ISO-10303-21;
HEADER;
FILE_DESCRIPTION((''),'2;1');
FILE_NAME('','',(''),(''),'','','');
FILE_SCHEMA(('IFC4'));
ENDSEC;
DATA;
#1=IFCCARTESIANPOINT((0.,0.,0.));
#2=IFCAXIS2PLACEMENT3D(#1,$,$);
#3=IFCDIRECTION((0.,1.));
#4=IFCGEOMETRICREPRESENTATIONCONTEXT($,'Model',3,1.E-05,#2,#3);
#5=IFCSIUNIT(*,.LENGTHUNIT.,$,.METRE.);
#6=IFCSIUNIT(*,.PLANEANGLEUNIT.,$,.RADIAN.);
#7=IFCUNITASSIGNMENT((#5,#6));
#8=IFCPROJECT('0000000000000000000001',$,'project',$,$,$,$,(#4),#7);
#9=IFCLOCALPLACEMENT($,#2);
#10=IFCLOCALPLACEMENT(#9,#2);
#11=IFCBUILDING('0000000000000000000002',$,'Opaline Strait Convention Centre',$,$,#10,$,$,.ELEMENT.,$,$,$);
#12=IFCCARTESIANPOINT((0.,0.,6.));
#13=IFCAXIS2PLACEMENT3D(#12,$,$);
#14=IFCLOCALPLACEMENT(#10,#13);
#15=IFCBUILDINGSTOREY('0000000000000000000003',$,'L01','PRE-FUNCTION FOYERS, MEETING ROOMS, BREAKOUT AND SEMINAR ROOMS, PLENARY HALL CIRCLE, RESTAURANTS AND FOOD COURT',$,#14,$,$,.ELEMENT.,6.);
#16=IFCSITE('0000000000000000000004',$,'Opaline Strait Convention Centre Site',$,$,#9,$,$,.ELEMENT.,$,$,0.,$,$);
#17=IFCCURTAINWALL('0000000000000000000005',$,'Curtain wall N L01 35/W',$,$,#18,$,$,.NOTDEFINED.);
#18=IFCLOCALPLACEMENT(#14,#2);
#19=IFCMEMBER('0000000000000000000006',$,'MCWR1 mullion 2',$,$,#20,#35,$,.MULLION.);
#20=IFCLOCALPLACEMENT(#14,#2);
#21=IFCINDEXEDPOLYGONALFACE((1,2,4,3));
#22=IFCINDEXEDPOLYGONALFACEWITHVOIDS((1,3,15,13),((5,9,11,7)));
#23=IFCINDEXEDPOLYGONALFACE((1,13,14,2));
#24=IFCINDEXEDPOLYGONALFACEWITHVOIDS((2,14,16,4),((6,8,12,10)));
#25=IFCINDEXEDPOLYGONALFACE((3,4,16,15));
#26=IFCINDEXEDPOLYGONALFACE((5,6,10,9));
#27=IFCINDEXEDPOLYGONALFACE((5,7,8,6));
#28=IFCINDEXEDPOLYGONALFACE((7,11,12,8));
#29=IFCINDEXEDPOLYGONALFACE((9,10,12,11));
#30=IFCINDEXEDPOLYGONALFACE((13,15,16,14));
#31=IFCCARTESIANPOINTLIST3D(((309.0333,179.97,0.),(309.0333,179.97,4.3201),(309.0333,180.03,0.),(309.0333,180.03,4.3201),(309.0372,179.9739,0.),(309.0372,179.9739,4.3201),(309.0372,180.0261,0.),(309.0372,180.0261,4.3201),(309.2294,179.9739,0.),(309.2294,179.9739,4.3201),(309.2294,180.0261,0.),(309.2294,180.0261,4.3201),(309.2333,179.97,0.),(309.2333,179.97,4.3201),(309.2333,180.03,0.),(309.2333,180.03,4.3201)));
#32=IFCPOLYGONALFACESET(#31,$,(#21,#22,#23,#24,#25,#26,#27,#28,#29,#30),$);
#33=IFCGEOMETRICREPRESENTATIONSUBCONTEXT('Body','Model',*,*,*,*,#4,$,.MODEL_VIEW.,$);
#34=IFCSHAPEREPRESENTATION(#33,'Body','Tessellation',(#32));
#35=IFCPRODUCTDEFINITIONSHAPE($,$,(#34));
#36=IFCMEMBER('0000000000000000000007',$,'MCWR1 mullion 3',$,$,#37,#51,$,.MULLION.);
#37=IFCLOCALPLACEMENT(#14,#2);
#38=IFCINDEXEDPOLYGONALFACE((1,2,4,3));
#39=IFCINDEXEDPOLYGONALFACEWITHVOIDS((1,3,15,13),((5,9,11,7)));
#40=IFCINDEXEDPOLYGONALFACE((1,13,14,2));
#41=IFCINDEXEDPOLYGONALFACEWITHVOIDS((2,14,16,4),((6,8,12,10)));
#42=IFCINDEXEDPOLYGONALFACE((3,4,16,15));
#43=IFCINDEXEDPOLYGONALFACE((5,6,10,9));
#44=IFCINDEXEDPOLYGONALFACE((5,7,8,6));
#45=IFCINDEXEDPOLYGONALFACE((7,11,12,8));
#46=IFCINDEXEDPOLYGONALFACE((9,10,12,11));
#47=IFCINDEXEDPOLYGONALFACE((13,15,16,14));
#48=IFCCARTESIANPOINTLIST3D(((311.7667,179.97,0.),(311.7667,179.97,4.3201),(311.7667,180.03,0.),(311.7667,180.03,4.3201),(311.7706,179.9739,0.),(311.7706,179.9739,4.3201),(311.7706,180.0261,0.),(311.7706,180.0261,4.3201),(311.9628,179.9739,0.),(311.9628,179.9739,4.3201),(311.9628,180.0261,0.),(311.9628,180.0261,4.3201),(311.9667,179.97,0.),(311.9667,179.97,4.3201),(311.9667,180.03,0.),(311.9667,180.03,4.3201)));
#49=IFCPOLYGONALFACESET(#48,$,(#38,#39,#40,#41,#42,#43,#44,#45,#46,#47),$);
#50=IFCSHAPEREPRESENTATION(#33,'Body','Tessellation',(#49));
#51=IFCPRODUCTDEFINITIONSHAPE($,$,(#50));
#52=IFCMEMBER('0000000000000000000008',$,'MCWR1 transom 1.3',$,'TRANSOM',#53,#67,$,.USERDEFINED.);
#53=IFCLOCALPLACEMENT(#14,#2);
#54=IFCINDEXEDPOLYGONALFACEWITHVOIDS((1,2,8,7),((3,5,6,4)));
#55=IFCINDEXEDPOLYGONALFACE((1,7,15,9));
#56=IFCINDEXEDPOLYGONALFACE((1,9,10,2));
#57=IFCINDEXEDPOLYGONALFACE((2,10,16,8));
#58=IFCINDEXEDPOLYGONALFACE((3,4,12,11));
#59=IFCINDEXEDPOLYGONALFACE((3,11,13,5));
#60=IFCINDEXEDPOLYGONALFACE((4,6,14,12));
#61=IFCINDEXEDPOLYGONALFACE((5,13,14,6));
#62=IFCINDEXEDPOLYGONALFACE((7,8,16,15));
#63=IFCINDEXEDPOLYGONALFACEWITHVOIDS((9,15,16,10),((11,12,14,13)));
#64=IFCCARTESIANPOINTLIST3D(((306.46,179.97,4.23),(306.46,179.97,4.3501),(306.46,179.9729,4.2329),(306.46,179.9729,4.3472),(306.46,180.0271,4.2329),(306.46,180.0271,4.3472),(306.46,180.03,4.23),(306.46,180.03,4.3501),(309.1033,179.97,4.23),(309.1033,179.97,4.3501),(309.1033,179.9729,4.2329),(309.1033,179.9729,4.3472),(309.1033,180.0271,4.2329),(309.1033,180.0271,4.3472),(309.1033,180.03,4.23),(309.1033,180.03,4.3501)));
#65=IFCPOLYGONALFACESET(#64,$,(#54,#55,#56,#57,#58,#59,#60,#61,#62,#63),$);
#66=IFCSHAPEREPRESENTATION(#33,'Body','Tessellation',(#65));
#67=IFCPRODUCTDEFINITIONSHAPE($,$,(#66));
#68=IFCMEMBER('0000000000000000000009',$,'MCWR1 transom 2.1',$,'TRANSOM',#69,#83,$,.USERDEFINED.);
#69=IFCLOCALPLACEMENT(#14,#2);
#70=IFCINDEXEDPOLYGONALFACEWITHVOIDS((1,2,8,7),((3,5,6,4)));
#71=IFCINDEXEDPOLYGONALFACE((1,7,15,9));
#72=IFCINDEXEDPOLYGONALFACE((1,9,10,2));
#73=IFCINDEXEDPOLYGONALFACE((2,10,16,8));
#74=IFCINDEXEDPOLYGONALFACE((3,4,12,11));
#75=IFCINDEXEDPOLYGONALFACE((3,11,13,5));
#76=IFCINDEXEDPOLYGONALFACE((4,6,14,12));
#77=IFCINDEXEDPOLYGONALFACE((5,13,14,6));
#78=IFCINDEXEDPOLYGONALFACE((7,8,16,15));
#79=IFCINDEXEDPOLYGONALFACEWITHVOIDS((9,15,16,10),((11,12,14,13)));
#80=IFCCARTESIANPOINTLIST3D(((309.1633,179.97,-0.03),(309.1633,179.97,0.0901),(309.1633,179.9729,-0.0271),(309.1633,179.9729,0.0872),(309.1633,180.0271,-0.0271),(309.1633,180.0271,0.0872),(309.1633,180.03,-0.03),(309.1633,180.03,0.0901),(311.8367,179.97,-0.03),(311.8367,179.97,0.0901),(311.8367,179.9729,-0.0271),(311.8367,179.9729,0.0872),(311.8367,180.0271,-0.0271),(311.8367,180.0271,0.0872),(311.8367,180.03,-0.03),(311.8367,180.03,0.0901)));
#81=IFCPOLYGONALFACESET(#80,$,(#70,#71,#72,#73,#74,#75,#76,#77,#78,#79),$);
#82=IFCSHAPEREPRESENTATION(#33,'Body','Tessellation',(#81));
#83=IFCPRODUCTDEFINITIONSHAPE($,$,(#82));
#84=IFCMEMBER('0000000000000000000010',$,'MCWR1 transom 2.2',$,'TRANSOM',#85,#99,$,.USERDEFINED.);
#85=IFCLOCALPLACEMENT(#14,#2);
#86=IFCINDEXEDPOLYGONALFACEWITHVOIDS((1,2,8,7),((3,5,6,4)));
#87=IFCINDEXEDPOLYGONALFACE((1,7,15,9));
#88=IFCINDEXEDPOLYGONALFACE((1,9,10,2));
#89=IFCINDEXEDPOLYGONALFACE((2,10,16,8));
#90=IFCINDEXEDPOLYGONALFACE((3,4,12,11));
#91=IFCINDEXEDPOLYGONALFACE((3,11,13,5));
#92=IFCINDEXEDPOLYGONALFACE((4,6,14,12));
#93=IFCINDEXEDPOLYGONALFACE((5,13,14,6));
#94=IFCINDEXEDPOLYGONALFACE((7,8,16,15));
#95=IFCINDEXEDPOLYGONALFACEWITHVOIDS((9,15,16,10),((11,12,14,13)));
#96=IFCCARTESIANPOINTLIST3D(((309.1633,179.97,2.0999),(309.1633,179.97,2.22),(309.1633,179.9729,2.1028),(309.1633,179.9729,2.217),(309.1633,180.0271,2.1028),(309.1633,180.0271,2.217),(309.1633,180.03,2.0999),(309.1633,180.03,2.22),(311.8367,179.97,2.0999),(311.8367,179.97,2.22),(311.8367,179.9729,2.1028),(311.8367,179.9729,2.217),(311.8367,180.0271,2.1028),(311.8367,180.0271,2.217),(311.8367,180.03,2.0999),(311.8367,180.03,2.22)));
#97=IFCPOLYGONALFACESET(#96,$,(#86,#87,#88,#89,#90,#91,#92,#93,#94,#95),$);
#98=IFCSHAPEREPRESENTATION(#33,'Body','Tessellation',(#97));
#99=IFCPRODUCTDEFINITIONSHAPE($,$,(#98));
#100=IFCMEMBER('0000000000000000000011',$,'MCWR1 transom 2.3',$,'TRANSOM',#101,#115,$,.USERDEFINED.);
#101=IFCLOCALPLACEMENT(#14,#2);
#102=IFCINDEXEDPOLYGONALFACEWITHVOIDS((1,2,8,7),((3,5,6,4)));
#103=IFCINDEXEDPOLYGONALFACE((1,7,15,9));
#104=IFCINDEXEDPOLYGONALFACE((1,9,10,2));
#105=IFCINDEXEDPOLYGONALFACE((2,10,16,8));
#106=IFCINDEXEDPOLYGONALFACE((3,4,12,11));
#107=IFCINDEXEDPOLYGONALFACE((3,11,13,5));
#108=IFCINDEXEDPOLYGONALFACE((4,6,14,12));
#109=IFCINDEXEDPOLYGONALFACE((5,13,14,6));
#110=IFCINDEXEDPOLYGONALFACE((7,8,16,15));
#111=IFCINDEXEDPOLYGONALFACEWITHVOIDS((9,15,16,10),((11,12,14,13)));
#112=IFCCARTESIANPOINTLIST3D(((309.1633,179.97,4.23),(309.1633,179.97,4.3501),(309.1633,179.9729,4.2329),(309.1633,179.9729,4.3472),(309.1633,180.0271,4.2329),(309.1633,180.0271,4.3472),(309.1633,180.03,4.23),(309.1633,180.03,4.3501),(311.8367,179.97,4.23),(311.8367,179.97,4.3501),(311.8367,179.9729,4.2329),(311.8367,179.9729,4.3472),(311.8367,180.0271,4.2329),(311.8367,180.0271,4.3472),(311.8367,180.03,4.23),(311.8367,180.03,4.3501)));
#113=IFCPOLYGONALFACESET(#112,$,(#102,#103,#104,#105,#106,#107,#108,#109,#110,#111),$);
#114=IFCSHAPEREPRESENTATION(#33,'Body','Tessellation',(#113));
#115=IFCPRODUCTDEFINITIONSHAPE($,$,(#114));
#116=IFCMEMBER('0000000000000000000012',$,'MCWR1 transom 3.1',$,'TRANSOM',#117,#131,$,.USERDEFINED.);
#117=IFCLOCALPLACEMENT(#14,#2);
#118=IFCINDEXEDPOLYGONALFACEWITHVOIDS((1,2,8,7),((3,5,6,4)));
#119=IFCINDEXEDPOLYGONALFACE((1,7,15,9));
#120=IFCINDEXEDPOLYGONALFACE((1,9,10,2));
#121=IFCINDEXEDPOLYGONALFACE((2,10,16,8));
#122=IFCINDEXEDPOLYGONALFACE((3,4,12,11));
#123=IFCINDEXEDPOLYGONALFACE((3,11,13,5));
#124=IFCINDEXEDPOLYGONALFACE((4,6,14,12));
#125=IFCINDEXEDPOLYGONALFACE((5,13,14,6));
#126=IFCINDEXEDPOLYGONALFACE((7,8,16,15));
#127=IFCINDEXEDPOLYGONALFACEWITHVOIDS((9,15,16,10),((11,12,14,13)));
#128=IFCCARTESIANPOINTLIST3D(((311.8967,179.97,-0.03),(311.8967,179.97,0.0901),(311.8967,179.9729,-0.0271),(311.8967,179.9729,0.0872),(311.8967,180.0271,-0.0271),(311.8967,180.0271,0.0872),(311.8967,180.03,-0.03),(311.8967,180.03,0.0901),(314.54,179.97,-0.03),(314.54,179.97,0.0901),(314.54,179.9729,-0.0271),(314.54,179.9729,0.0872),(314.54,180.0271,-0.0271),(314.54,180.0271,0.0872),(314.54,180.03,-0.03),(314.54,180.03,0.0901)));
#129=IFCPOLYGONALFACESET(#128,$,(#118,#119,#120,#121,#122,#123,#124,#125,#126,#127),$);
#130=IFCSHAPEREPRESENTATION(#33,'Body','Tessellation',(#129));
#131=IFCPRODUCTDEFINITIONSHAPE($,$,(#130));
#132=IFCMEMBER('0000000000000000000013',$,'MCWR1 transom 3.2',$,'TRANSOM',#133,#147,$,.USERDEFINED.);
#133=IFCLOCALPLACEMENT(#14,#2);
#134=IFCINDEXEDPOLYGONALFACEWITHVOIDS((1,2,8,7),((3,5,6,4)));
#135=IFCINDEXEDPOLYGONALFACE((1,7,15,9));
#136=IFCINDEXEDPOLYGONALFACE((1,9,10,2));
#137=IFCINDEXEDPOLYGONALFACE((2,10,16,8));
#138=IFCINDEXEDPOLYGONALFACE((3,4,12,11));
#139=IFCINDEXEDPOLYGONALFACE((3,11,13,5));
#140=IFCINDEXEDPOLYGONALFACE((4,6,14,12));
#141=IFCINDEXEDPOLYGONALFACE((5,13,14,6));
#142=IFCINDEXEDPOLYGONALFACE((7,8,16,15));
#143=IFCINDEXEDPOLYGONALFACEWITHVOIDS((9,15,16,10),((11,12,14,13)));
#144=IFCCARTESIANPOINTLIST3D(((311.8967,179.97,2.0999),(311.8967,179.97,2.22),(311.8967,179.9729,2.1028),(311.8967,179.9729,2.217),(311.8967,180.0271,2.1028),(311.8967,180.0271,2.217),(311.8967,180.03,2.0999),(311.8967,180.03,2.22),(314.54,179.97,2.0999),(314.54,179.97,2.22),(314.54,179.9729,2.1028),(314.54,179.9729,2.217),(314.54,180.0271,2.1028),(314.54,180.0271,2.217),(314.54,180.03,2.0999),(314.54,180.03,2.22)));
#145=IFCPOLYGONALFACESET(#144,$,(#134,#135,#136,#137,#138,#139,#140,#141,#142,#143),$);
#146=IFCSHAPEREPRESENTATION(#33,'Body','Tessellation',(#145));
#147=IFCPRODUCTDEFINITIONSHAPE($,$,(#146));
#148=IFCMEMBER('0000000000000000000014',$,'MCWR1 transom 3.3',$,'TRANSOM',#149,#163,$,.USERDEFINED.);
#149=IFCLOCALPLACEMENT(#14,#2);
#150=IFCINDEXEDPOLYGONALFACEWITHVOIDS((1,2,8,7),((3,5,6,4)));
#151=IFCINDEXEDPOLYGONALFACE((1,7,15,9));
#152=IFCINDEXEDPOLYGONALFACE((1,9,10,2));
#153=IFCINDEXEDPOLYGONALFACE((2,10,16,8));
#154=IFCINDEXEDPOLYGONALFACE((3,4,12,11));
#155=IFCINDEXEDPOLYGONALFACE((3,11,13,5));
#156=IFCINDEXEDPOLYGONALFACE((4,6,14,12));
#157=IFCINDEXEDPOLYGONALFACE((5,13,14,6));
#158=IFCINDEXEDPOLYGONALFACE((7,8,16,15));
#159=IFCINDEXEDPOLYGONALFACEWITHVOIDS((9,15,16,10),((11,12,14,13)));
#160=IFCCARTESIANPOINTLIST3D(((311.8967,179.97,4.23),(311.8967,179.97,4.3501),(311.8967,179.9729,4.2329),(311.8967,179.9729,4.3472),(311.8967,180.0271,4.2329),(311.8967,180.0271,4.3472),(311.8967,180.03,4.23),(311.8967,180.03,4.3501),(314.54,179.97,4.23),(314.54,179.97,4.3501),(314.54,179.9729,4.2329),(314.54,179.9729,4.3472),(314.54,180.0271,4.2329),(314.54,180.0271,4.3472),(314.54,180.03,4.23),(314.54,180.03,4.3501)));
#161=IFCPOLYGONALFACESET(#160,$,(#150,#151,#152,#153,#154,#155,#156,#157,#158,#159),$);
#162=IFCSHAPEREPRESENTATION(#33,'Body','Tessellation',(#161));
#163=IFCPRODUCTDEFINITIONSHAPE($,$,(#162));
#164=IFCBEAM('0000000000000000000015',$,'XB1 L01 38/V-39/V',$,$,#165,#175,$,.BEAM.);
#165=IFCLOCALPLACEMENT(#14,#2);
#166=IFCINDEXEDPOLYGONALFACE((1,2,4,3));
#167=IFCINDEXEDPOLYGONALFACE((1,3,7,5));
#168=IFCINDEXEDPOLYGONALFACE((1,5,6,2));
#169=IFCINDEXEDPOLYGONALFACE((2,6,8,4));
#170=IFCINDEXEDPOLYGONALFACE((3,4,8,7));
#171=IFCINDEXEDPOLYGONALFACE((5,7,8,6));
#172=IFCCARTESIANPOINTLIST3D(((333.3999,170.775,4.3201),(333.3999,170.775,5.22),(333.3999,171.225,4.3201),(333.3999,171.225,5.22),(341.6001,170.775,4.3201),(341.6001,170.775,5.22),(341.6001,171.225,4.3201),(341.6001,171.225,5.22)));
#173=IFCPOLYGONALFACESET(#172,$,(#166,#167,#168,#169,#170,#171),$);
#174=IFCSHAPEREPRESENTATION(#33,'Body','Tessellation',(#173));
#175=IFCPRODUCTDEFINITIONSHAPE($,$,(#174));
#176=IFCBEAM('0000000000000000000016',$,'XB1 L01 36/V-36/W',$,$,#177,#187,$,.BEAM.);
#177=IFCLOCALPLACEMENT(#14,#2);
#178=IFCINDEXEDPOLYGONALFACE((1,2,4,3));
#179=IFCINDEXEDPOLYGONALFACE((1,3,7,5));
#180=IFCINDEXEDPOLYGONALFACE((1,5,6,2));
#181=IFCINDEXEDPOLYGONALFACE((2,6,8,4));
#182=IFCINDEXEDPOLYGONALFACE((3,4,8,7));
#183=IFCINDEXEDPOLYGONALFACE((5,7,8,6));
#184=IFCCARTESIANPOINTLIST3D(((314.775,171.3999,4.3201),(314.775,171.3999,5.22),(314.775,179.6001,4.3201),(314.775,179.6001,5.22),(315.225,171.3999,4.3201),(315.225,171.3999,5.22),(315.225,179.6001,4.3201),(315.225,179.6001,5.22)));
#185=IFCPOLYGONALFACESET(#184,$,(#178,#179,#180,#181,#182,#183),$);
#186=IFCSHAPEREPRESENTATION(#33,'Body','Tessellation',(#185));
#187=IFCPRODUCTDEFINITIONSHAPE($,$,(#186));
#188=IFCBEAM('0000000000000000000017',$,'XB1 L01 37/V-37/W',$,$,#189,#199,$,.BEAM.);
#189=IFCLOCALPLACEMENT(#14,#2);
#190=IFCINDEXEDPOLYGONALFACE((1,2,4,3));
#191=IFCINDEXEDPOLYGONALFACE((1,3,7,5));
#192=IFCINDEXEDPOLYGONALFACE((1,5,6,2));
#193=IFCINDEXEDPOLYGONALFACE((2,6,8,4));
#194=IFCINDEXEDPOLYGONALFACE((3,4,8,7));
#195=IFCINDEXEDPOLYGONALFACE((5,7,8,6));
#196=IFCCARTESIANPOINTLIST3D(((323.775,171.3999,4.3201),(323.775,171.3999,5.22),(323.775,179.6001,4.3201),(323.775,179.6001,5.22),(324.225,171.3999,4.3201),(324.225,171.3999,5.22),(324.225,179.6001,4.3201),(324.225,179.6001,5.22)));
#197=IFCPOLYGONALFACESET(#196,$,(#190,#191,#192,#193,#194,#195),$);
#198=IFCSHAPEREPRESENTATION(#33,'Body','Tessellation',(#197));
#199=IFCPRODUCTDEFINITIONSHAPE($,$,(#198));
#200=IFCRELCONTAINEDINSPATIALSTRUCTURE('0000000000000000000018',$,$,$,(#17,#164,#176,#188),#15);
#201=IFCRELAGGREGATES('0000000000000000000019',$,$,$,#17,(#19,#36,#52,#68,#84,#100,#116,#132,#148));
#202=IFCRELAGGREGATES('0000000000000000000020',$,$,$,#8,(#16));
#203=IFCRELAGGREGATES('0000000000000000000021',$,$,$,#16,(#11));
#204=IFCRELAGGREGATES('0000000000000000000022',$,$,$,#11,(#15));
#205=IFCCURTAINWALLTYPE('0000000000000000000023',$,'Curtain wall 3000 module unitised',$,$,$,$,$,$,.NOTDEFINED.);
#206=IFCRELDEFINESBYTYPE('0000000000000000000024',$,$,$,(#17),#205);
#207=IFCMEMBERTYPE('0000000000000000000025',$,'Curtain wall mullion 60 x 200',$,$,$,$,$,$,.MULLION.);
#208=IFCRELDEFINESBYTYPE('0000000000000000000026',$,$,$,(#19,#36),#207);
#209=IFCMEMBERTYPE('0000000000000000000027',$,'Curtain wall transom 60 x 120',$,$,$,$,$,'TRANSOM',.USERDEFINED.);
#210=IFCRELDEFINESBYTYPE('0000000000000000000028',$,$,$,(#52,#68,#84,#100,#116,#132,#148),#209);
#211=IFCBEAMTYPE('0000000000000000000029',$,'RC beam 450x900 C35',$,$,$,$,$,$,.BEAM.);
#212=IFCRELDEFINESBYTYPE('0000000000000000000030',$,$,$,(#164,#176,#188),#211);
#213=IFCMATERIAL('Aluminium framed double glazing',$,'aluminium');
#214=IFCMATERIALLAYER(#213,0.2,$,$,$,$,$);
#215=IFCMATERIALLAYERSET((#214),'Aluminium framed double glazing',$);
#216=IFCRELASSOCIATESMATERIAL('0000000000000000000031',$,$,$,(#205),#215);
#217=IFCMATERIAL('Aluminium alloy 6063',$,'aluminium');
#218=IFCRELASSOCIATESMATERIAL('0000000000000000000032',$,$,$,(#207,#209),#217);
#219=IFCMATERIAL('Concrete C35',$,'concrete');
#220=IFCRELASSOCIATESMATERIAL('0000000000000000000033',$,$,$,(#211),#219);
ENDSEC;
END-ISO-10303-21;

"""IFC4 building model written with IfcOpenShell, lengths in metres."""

from ifc_helpers import new_model, si_unit, direction, frame, origin, origin_2d, place, context, subcontext, project, spatial, rectangle, hollow_rectangle, extrude, material, layer, layer_set, material_profile, profile_set, type_object, element, aggregate, save


model = new_model("IFC4")

# Units and contexts
model_context = context("Model", 3, precision=1e-05, world=origin(), true_north=direction((0.0, 1.0)))
body_context = subcontext(model_context, "Body", "Model", "MODEL_VIEW")
ifc_project = project(units=[si_unit("LENGTHUNIT", "METRE"), si_unit("PLANEANGLEUNIT", "RADIAN")], contexts=[model_context])

# Site, building, storey
site_placement = place(None, origin())
site = spatial("IfcSite", under=ifc_project, at=site_placement, Name="Opaline Strait Convention Centre Site", CompositionType="ELEMENT", RefElevation=0.0)
building_placement = place(site_placement, origin())
building = spatial("IfcBuilding", under=site, at=building_placement, Name="Opaline Strait Convention Centre", CompositionType="ELEMENT")
storey_placement = place(building_placement, frame((0.0, 0.0, 6.0)))
storey = spatial("IfcBuildingStorey", under=building, at=storey_placement, Name="L01", Description="PRE-FUNCTION FOYERS, MEETING ROOMS, BREAKOUT AND SEMINAR ROOMS, PLENARY HALL CIRCLE, RESTAURANTS AND FOOD COURT", CompositionType="ELEMENT", Elevation=6.0)

# Curtain wall, members
ifc_material_1 = material(Name="Aluminium framed double glazing", Category="aluminium")
ifc_layer_1 = layer(ifc_material_1, 0.2)
ifc_layer_set_1 = layer_set([ifc_layer_1], Name="Aluminium framed double glazing")
curtain_wall_type = type_object("IfcCurtainWallType", Name="Curtain wall 3000 module unitised", PredefinedType="NOTDEFINED", material=ifc_layer_set_1)
curtain_wall_placement = place(storey_placement, origin())
curtain_wall = element("IfcCurtainWall", 1, at=curtain_wall_placement, inside=storey, type_object=curtain_wall_type, Name="Curtain wall N L01 35/W", PredefinedType="NOTDEFINED")
ifc_material_2 = material(Name="Aluminium alloy 6063", Category="aluminium")
ifc_material_profile_1 = material_profile(ifc_material_2, hollow_rectangle(XDim=0.0601, YDim=0.2, WallThickness=0.0039, at=origin_2d()), Name="MULLION 60x200x4")
ifc_profile_set_1 = profile_set([ifc_material_profile_1], Name="Aluminium alloy 6063")
member_type_1 = type_object("IfcMemberType", Name="Curtain wall mullion 60 x 200", PredefinedType="MULLION", material=ifc_profile_set_1)
member_1_placement = place(storey_placement, frame((309.1333, 180.0, 0.0), z_axis=(0.0, 0.0, 1.0), x_axis=(0.0, 1.0, 0.0)))
member_1 = element("IfcMember", 2, at=member_1_placement, type_object=member_type_1, Name="MCWR1 mullion 2", PredefinedType="MULLION", context=body_context, shape_type="SweptSolid", body=[
    extrude(hollow_rectangle(XDim=0.0601, YDim=0.2, WallThickness=0.0039, at=origin_2d()), origin(), (0.0, 0.0, 1.0), 4.3201),
])
member_2_placement = place(storey_placement, frame((311.8667, 180.0, 0.0), z_axis=(0.0, 0.0, 1.0), x_axis=(0.0, 1.0, 0.0)))
member_2 = element("IfcMember", 3, at=member_2_placement, type_object=member_type_1, Name="MCWR1 mullion 3", PredefinedType="MULLION", context=body_context, shape_type="SweptSolid", body=[
    extrude(hollow_rectangle(XDim=0.0601, YDim=0.2, WallThickness=0.0039, at=origin_2d()), origin(), (0.0, 0.0, 1.0), 4.3201),
])
ifc_material_profile_2 = material_profile(ifc_material_2, hollow_rectangle(XDim=0.0601, YDim=0.1201, WallThickness=0.0029, at=origin_2d()), Name="TRANSOM 60x120x3")
ifc_profile_set_2 = profile_set([ifc_material_profile_2], Name="Aluminium alloy 6063")
member_type_2 = type_object("IfcMemberType", Name="Curtain wall transom 60 x 120", ElementType="TRANSOM", PredefinedType="USERDEFINED", material=ifc_profile_set_2)
member_3_placement = place(storey_placement, frame((306.46, 180.0, 4.29), z_axis=(1.0, 0.0, 0.0), x_axis=(0.0, 1.0, 0.0)))
member_3 = element("IfcMember", 4, at=member_3_placement, type_object=member_type_2, Name="MCWR1 transom 1.3", ObjectType="TRANSOM", PredefinedType="USERDEFINED", context=body_context, shape_type="SweptSolid", body=[
    extrude(hollow_rectangle(XDim=0.0601, YDim=0.1201, WallThickness=0.0029, at=origin_2d()), origin(), (0.0, 0.0, 1.0), 2.6433),
])
member_4_placement = place(storey_placement, frame((309.1633, 180.0, 0.03), z_axis=(1.0, 0.0, 0.0), x_axis=(0.0, 1.0, 0.0)))
member_4 = element("IfcMember", 5, at=member_4_placement, type_object=member_type_2, Name="MCWR1 transom 2.1", ObjectType="TRANSOM", PredefinedType="USERDEFINED", context=body_context, shape_type="SweptSolid", body=[
    extrude(hollow_rectangle(XDim=0.0601, YDim=0.1201, WallThickness=0.0029, at=origin_2d()), origin(), (0.0, 0.0, 1.0), 2.6733),
])
member_5_placement = place(storey_placement, frame((309.1633, 180.0, 2.1599), z_axis=(1.0, 0.0, 0.0), x_axis=(0.0, 1.0, 0.0)))
member_5 = element("IfcMember", 6, at=member_5_placement, type_object=member_type_2, Name="MCWR1 transom 2.2", ObjectType="TRANSOM", PredefinedType="USERDEFINED", context=body_context, shape_type="SweptSolid", body=[
    extrude(hollow_rectangle(XDim=0.0601, YDim=0.1201, WallThickness=0.0029, at=origin_2d()), origin(), (0.0, 0.0, 1.0), 2.6733),
])
member_6_placement = place(storey_placement, frame((309.1633, 180.0, 4.29), z_axis=(1.0, 0.0, 0.0), x_axis=(0.0, 1.0, 0.0)))
member_6 = element("IfcMember", 7, at=member_6_placement, type_object=member_type_2, Name="MCWR1 transom 2.3", ObjectType="TRANSOM", PredefinedType="USERDEFINED", context=body_context, shape_type="SweptSolid", body=[
    extrude(hollow_rectangle(XDim=0.0601, YDim=0.1201, WallThickness=0.0029, at=origin_2d()), origin(), (0.0, 0.0, 1.0), 2.6733),
])
member_7_placement = place(storey_placement, frame((311.8967, 180.0, 0.03), z_axis=(1.0, 0.0, 0.0), x_axis=(0.0, 1.0, 0.0)))
member_7 = element("IfcMember", 8, at=member_7_placement, type_object=member_type_2, Name="MCWR1 transom 3.1", ObjectType="TRANSOM", PredefinedType="USERDEFINED", context=body_context, shape_type="SweptSolid", body=[
    extrude(hollow_rectangle(XDim=0.0601, YDim=0.1201, WallThickness=0.0029, at=origin_2d()), origin(), (0.0, 0.0, 1.0), 2.6433),
])
member_8_placement = place(storey_placement, frame((311.8967, 180.0, 2.1599), z_axis=(1.0, 0.0, 0.0), x_axis=(0.0, 1.0, 0.0)))
member_8 = element("IfcMember", 9, at=member_8_placement, type_object=member_type_2, Name="MCWR1 transom 3.2", ObjectType="TRANSOM", PredefinedType="USERDEFINED", context=body_context, shape_type="SweptSolid", body=[
    extrude(hollow_rectangle(XDim=0.0601, YDim=0.1201, WallThickness=0.0029, at=origin_2d()), origin(), (0.0, 0.0, 1.0), 2.6433),
])
member_9_placement = place(storey_placement, frame((311.8967, 180.0, 4.29), z_axis=(1.0, 0.0, 0.0), x_axis=(0.0, 1.0, 0.0)))
member_9 = element("IfcMember", 10, at=member_9_placement, type_object=member_type_2, Name="MCWR1 transom 3.3", ObjectType="TRANSOM", PredefinedType="USERDEFINED", context=body_context, shape_type="SweptSolid", body=[
    extrude(hollow_rectangle(XDim=0.0601, YDim=0.1201, WallThickness=0.0029, at=origin_2d()), origin(), (0.0, 0.0, 1.0), 2.6433),
])

# Beams
ifc_material_3 = material(Name="Concrete C35", Category="concrete")
ifc_material_profile_3 = material_profile(ifc_material_3, rectangle(XDim=0.45, YDim=0.8999, at=origin_2d()), Name="RC 450x900")
ifc_profile_set_3 = profile_set([ifc_material_profile_3], Name="Concrete C35")
beam_type = type_object("IfcBeamType", Name="RC beam 450x900 C35", PredefinedType="BEAM", material=ifc_profile_set_3)
for number, where, z_axis, x_axis, name in (
    (11, (333.3999, 171.0, 4.77), (1.0, 0.0, 0.0), (0.0, 1.0, 0.0), "XB1 L01 38/V-39/V"),
    (12, (315.0, 171.3999, 4.77), (0.0, 1.0, 0.0), (-1.0, 0.0, 0.0), "XB1 L01 36/V-36/W"),
    (13, (324.0, 171.3999, 4.77), (0.0, 1.0, 0.0), (-1.0, 0.0, 0.0), "XB1 L01 37/V-37/W"),
):
    element("IfcBeam", number, at=place(storey_placement, frame(where, z_axis=z_axis, x_axis=x_axis)), inside=storey, type_object=beam_type, Name=name, PredefinedType="BEAM", context=body_context, shape_type="SweptSolid", body=[
        extrude(rectangle(XDim=0.45, YDim=0.8999, at=origin_2d()), origin(), (0.0, 0.0, 1.0), 8.2002),
    ])

aggregate(curtain_wall, [member_1, member_2, member_3, member_4, member_5, member_6, member_7, member_8, member_9])

save(model, "model.ifc")
